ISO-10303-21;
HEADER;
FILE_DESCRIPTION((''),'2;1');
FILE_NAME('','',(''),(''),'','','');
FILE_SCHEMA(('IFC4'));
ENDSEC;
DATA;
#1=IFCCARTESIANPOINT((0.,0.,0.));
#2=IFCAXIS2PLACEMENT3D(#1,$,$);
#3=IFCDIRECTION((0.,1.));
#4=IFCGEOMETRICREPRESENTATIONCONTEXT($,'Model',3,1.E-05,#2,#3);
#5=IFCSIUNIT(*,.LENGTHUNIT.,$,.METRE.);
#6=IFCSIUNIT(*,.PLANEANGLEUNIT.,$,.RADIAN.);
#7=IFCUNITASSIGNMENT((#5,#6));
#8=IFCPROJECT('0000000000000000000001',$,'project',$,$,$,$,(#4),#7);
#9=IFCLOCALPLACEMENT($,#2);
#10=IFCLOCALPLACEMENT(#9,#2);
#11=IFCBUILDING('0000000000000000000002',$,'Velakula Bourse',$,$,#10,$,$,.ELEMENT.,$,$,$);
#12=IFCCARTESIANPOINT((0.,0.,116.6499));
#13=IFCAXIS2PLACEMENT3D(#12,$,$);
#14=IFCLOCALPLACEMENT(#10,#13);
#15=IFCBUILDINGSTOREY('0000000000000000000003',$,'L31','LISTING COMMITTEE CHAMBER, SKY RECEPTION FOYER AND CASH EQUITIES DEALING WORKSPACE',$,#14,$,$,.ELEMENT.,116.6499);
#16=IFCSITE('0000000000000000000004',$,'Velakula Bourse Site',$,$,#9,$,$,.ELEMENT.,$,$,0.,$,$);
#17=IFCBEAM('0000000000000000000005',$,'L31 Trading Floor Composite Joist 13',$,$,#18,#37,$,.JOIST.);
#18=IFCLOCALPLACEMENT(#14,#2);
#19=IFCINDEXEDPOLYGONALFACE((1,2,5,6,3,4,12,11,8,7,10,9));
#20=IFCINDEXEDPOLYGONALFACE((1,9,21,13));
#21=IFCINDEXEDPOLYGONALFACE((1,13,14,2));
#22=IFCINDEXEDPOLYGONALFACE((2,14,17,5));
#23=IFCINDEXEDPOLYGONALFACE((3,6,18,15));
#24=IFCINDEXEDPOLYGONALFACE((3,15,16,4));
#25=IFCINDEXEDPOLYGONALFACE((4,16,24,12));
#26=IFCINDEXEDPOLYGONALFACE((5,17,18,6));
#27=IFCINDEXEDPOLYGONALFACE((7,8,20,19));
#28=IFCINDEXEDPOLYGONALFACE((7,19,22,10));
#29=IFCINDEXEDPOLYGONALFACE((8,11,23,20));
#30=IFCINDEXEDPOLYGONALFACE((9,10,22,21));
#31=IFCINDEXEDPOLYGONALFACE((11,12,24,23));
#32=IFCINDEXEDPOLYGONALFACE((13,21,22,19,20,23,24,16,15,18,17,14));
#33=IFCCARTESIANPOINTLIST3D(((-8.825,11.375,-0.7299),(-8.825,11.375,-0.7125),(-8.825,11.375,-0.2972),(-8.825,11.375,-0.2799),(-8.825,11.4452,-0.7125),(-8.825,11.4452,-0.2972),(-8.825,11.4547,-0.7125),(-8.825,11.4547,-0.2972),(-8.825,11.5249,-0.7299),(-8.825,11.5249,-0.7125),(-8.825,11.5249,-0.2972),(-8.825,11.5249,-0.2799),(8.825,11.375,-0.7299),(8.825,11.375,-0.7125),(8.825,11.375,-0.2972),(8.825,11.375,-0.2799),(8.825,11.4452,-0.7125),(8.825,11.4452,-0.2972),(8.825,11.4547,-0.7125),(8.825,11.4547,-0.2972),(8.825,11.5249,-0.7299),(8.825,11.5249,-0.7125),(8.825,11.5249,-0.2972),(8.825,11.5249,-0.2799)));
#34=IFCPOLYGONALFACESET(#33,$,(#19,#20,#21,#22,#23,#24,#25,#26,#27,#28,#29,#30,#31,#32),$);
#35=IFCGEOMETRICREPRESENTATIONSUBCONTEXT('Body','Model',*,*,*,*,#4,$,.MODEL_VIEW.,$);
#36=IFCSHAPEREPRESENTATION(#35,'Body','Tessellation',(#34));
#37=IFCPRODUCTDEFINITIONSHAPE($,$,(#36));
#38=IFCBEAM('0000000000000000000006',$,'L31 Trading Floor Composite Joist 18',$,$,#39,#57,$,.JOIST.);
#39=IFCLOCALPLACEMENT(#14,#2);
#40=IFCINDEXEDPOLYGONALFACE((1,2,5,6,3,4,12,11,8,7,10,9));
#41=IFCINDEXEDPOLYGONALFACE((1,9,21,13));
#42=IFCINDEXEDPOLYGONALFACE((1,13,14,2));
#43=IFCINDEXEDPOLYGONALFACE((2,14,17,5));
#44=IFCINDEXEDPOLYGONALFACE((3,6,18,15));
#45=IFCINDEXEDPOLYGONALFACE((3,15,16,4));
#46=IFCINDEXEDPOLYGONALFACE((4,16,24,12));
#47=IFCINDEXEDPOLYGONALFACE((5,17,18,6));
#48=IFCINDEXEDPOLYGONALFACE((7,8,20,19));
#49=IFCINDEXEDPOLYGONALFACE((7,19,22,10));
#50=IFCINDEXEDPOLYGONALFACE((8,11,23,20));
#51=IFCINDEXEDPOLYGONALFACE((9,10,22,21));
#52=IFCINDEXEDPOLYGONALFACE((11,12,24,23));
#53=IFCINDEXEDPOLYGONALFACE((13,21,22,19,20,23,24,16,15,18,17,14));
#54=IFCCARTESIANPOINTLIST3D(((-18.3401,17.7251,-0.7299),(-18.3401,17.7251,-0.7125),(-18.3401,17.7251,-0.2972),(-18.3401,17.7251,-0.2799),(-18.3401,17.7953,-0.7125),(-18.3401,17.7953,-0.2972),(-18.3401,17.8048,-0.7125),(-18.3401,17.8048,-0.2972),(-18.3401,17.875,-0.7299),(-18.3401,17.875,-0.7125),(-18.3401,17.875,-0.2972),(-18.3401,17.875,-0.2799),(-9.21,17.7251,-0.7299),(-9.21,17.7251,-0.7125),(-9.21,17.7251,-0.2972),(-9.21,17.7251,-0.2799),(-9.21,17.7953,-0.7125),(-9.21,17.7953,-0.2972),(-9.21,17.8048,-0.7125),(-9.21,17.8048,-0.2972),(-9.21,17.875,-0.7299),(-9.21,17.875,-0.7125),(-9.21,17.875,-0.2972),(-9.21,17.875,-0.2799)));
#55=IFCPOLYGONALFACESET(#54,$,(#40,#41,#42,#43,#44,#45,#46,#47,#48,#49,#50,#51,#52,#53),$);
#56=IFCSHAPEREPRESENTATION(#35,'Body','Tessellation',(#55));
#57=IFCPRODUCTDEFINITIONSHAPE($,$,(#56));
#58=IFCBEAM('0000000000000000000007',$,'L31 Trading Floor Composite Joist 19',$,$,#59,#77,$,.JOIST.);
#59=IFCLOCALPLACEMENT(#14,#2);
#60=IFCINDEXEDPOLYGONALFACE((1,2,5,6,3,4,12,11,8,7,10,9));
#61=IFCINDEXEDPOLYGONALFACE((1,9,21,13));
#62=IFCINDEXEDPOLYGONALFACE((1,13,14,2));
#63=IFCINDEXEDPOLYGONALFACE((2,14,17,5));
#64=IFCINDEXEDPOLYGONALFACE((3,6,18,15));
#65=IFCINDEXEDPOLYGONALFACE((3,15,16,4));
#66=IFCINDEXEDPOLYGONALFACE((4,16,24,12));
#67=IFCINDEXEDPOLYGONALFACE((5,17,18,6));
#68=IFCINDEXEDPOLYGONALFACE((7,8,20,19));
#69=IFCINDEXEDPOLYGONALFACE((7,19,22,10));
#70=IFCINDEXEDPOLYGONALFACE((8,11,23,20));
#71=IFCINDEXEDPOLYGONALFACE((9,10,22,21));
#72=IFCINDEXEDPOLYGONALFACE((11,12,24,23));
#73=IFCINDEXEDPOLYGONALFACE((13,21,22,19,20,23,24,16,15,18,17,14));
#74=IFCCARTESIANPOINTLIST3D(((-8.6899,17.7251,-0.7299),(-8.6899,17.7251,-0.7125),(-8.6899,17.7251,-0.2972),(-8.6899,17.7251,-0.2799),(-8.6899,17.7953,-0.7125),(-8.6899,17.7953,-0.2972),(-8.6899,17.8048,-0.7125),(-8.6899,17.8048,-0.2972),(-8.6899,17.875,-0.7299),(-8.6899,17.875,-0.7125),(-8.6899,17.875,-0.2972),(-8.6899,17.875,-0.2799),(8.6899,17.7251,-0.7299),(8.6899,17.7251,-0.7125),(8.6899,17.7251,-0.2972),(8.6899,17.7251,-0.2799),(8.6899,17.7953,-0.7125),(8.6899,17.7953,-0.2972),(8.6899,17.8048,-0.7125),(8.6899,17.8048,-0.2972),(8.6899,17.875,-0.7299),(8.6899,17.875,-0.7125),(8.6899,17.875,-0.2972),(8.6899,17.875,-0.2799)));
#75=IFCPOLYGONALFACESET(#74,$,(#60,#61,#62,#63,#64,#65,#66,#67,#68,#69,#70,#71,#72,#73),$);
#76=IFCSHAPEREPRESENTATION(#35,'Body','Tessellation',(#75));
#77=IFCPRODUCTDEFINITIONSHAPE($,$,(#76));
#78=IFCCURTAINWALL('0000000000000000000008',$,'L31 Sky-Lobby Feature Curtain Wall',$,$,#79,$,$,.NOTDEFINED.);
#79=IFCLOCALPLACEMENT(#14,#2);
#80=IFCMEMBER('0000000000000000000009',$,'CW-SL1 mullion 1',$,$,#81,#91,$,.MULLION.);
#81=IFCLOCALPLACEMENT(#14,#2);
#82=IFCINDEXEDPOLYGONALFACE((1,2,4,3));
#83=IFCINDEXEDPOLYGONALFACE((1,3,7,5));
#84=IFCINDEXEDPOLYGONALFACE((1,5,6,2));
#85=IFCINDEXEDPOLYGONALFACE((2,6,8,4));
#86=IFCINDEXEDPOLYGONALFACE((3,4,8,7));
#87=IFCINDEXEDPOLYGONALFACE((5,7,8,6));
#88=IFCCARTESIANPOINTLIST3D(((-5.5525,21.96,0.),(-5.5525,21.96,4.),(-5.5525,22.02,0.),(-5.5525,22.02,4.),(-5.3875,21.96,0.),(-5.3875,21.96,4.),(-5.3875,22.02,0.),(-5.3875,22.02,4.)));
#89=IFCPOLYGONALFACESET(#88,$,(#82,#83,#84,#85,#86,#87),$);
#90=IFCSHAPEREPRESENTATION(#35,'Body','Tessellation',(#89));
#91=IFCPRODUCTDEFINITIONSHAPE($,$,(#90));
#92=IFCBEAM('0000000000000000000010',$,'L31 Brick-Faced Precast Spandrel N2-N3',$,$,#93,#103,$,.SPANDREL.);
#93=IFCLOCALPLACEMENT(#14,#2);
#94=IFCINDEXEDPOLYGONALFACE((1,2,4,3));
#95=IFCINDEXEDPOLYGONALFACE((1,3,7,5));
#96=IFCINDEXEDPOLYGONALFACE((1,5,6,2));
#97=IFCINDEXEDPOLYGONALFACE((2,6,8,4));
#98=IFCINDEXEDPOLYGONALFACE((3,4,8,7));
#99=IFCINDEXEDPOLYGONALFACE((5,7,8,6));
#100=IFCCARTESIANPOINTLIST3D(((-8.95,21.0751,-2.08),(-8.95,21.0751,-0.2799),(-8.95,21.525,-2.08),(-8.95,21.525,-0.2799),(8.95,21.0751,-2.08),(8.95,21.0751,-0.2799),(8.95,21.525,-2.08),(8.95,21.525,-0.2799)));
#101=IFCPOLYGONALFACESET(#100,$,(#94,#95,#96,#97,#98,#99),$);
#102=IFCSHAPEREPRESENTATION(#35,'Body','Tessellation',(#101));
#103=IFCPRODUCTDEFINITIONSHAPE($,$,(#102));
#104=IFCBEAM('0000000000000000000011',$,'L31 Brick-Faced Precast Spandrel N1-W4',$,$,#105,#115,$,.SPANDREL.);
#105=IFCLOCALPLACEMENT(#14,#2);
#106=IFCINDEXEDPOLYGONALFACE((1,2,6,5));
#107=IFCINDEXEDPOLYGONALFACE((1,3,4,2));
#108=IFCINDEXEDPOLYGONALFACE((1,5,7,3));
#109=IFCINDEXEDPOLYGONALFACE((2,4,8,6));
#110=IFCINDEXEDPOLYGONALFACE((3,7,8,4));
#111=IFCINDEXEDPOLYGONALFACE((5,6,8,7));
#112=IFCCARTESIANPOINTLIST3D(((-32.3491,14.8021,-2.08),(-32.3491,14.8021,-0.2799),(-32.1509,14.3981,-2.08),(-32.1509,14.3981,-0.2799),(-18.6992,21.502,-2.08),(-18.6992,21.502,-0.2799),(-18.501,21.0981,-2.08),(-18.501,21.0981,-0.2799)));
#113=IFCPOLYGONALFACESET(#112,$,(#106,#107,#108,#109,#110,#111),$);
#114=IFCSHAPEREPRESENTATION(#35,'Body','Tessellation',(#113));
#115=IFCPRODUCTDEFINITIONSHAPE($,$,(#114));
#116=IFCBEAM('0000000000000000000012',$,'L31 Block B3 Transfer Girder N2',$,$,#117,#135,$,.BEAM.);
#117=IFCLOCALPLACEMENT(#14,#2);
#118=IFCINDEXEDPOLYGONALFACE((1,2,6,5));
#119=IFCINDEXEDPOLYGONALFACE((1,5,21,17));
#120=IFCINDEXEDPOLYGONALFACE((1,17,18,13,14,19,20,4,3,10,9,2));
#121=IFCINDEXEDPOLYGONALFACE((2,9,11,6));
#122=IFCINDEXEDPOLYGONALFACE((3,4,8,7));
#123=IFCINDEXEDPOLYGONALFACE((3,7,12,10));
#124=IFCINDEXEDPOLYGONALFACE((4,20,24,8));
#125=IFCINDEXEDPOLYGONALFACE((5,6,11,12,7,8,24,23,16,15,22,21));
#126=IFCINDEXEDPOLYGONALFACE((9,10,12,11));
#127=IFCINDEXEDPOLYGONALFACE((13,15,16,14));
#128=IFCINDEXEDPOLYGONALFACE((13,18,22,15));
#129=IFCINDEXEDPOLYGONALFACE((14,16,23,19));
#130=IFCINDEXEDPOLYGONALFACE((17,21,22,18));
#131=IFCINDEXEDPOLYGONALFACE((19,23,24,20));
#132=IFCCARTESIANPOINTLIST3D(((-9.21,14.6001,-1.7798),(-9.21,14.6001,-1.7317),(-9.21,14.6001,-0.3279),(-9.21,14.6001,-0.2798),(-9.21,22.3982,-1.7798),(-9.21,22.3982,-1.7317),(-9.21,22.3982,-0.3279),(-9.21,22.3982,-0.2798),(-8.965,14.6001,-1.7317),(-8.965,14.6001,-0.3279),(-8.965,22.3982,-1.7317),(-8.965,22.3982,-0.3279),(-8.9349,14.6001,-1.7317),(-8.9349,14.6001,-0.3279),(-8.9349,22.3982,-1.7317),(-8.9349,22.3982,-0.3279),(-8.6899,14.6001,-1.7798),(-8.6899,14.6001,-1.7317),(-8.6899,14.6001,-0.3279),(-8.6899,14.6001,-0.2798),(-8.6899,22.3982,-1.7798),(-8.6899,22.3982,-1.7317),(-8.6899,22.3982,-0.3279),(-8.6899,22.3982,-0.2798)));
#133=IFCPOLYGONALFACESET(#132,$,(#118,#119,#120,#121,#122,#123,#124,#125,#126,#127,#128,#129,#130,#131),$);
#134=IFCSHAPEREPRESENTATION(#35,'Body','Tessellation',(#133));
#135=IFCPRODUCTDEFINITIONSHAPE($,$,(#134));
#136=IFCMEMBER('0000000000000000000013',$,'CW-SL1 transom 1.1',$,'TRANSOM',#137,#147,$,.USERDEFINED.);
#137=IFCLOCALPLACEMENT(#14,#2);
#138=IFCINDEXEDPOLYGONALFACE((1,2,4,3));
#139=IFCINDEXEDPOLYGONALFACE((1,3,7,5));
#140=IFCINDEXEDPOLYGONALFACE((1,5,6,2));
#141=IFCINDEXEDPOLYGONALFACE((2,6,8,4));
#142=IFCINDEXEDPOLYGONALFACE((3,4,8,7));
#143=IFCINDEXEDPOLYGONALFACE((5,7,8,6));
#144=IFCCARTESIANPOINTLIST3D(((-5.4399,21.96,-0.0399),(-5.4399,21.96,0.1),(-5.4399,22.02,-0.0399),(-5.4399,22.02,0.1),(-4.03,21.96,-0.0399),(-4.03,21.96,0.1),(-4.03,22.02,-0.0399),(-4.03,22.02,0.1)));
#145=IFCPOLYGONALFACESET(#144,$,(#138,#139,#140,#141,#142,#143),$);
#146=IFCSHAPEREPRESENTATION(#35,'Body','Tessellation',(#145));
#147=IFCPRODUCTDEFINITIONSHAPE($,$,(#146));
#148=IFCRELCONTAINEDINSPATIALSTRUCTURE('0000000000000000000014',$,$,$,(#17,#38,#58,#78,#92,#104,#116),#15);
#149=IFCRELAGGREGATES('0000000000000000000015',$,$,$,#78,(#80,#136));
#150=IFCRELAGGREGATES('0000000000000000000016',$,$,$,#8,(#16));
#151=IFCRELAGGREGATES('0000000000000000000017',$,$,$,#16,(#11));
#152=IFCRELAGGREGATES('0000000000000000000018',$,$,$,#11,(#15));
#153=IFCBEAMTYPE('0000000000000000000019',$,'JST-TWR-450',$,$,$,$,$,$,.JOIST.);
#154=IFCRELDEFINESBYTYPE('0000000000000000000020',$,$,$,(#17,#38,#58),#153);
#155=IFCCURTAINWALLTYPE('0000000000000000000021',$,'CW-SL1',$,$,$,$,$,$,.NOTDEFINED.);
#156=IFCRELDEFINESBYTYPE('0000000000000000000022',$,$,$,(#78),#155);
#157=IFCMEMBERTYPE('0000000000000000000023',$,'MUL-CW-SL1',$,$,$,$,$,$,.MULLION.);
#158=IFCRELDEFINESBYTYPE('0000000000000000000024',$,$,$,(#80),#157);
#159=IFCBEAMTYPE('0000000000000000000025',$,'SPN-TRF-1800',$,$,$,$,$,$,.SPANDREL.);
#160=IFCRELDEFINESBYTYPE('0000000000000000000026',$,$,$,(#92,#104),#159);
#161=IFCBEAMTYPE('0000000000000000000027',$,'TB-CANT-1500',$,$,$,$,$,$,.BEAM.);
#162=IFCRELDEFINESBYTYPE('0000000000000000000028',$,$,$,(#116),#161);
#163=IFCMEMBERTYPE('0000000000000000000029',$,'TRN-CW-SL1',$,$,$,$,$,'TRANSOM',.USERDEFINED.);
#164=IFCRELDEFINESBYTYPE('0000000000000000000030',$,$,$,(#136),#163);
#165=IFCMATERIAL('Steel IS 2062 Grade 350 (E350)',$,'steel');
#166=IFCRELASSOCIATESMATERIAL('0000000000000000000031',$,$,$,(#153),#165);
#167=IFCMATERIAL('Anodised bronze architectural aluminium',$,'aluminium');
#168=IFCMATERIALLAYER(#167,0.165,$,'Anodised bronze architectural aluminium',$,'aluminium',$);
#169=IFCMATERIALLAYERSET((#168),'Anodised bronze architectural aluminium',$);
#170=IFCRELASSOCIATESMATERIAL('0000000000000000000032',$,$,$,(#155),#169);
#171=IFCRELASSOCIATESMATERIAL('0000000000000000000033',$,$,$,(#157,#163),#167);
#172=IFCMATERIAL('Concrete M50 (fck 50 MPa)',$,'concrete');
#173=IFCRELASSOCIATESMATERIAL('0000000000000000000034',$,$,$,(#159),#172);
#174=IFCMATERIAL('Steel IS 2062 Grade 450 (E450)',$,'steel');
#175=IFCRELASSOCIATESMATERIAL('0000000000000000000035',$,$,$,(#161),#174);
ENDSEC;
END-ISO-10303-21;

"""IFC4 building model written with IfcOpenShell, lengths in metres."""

from ifc_helpers import new_model, si_unit, direction, frame, origin, origin_2d, place, context, subcontext, project, spatial, rectangle, i_section, extrude, material, layer, layer_set, material_profile, profile_set, type_object, element, aggregate, save


model = new_model("IFC4")

# Units and contexts
model_context = context("Model", 3, precision=1e-05, world=origin(), true_north=direction((0.0, 1.0)))
body_context = subcontext(model_context, "Body", "Model", "MODEL_VIEW")
ifc_project = project(units=[si_unit("LENGTHUNIT", "METRE"), si_unit("PLANEANGLEUNIT", "RADIAN")], contexts=[model_context])

# Site, building, storey
site_placement = place(None, origin())
site = spatial("IfcSite", under=ifc_project, at=site_placement, Name="Velakula Bourse Site", CompositionType="ELEMENT", RefElevation=0.0)
building_placement = place(site_placement, origin())
building = spatial("IfcBuilding", under=site, at=building_placement, Name="Velakula Bourse", CompositionType="ELEMENT")
storey_placement = place(building_placement, frame((0.0, 0.0, 116.6499)))
storey = spatial("IfcBuildingStorey", under=building, at=storey_placement, Name="L31", Description="LISTING COMMITTEE CHAMBER, SKY RECEPTION FOYER AND CASH EQUITIES DEALING WORKSPACE", CompositionType="ELEMENT", Elevation=116.6499)

# Shared definitions
ifc_material_1 = material(Name="Steel IS 2062 Grade 350 (E350)", Category="steel")

# Beams
ifc_material_profile_1 = material_profile(ifc_material_1, i_section(OverallWidth=0.1499, OverallDepth=0.45, WebThickness=0.0095, FlangeThickness=0.0173, at=origin_2d()), Name="Steel IS 2062 Grade 350 (E350)")
ifc_profile_set_1 = profile_set([ifc_material_profile_1], Name="Steel IS 2062 Grade 350 (E350)")
beam_type_1 = type_object("IfcBeamType", Name="JST-TWR-450", PredefinedType="JOIST", material=ifc_profile_set_1)
beam_1_placement = place(storey_placement, frame((-8.825, 11.45, -0.5049), z_axis=(1.0, 0.0, 0.0), x_axis=(0.0, 1.0, 0.0)))
element("IfcBeam", 1, at=beam_1_placement, inside=storey, type_object=beam_type_1, Name="L31 Trading Floor Composite Joist 13", PredefinedType="JOIST", context=body_context, shape_type="SweptSolid", body=[
    extrude(i_section(OverallWidth=0.1499, OverallDepth=0.45, WebThickness=0.0095, FlangeThickness=0.0173, at=origin_2d()), origin(), (0.0, 0.0, 1.0), 17.6499),
])
beam_2_placement = place(storey_placement, frame((-18.3401, 17.8, -0.5049), z_axis=(1.0, 0.0, 0.0), x_axis=(0.0, 1.0, 0.0)))
element("IfcBeam", 2, at=beam_2_placement, inside=storey, type_object=beam_type_1, Name="L31 Trading Floor Composite Joist 18", PredefinedType="JOIST", context=body_context, shape_type="SweptSolid", body=[
    extrude(i_section(OverallWidth=0.1499, OverallDepth=0.45, WebThickness=0.0095, FlangeThickness=0.0173, at=origin_2d()), origin(), (0.0, 0.0, 1.0), 9.1301),
])
beam_3_placement = place(storey_placement, frame((-8.6899, 17.8, -0.5049), z_axis=(1.0, 0.0, 0.0), x_axis=(0.0, 1.0, 0.0)))
element("IfcBeam", 3, at=beam_3_placement, inside=storey, type_object=beam_type_1, Name="L31 Trading Floor Composite Joist 19", PredefinedType="JOIST", context=body_context, shape_type="SweptSolid", body=[
    extrude(i_section(OverallWidth=0.1499, OverallDepth=0.45, WebThickness=0.0095, FlangeThickness=0.0173, at=origin_2d()), origin(), (0.0, 0.0, 1.0), 17.3799),
])

# Curtain wall, member
ifc_material_2 = material(Name="Anodised bronze architectural aluminium", Category="aluminium")
ifc_layer_1 = layer(ifc_material_2, 0.165, Name="Anodised bronze architectural aluminium", Category="aluminium")
ifc_layer_set_1 = layer_set([ifc_layer_1], Name="Anodised bronze architectural aluminium")
curtain_wall_type = type_object("IfcCurtainWallType", Name="CW-SL1", PredefinedType="NOTDEFINED", material=ifc_layer_set_1)
curtain_wall_placement = place(storey_placement, origin())
curtain_wall = element("IfcCurtainWall", 4, at=curtain_wall_placement, inside=storey, type_object=curtain_wall_type, Name="L31 Sky-Lobby Feature Curtain Wall", PredefinedType="NOTDEFINED")
ifc_material_profile_2 = material_profile(ifc_material_2, rectangle(XDim=0.0601, YDim=0.165, at=origin_2d()), Name="Anodised bronze architectural aluminium")
ifc_profile_set_2 = profile_set([ifc_material_profile_2], Name="Anodised bronze architectural aluminium")
member_type_1 = type_object("IfcMemberType", Name="MUL-CW-SL1", PredefinedType="MULLION", material=ifc_profile_set_2)
member_1_placement = place(storey_placement, frame((-5.47, 21.99, 0.0), z_axis=(0.0, 0.0, 1.0), x_axis=(0.0, 1.0, 0.0)))
member_1 = element("IfcMember", 5, at=member_1_placement, type_object=member_type_1, Name="CW-SL1 mullion 1", PredefinedType="MULLION", context=body_context, shape_type="SweptSolid", body=[
    extrude(rectangle(XDim=0.0601, YDim=0.165, at=origin_2d()), origin(), (0.0, 0.0, 1.0), 4.0),
])

# Beams
ifc_material_3 = material(Name="Concrete M50 (fck 50 MPa)", Category="concrete")
ifc_material_profile_3 = material_profile(ifc_material_3, rectangle(XDim=0.45, YDim=1.8, at=origin_2d()), Name="Concrete M50 (fck 50 MPa)")
ifc_profile_set_3 = profile_set([ifc_material_profile_3], Name="Concrete M50 (fck 50 MPa)")
beam_type_2 = type_object("IfcBeamType", Name="SPN-TRF-1800", PredefinedType="SPANDREL", material=ifc_profile_set_3)
beam_4_placement = place(storey_placement, frame((-8.95, 21.3, -1.1799), z_axis=(1.0, 0.0, 0.0), x_axis=(0.0, 1.0, 0.0)))
element("IfcBeam", 6, at=beam_4_placement, inside=storey, type_object=beam_type_2, Name="L31 Brick-Faced Precast Spandrel N2-N3", PredefinedType="SPANDREL", context=body_context, shape_type="SweptSolid", body=[
    extrude(rectangle(XDim=0.45, YDim=1.8, at=origin_2d()), origin(), (0.0, 0.0, 1.0), 17.8999),
])
beam_5_placement = place(storey_placement, frame((-18.6001, 21.3, -1.1799), z_axis=(-0.897691, -0.440625, 0.0), x_axis=(0.440625, -0.897691, 0.0)))
element("IfcBeam", 7, at=beam_5_placement, inside=storey, type_object=beam_type_2, Name="L31 Brick-Faced Precast Spandrel N1-W4", PredefinedType="SPANDREL", context=body_context, shape_type="SweptSolid", body=[
    extrude(rectangle(XDim=0.45, YDim=1.8, at=origin_2d()), origin(), (0.0, 0.0, 1.0), 15.2056),
])
ifc_material_4 = material(Name="Steel IS 2062 Grade 450 (E450)", Category="steel")
ifc_material_profile_4 = material_profile(ifc_material_4, i_section(OverallWidth=0.52, OverallDepth=1.5, WebThickness=0.03, FlangeThickness=0.0481, at=origin_2d()), Name="Steel IS 2062 Grade 450 (E450)")
ifc_profile_set_4 = profile_set([ifc_material_profile_4], Name="Steel IS 2062 Grade 450 (E450)")
beam_type_3 = type_object("IfcBeamType", Name="TB-CANT-1500", PredefinedType="BEAM", material=ifc_profile_set_4)
beam_6_placement = place(storey_placement, frame((-8.95, 14.6001, -1.0298), z_axis=(0.0, 1.0, 0.0), x_axis=(-1.0, 0.0, 0.0)))
element("IfcBeam", 8, at=beam_6_placement, inside=storey, type_object=beam_type_3, Name="L31 Block B3 Transfer Girder N2", PredefinedType="BEAM", context=body_context, shape_type="SweptSolid", body=[
    extrude(i_section(OverallWidth=0.52, OverallDepth=1.5, WebThickness=0.03, FlangeThickness=0.0481, at=origin_2d()), origin(), (0.0, 0.0, 1.0), 7.7981),
])

# Member
ifc_material_profile_5 = material_profile(ifc_material_2, rectangle(XDim=0.0601, YDim=0.1399, at=origin_2d()), Name="Anodised bronze architectural aluminium")
ifc_profile_set_5 = profile_set([ifc_material_profile_5], Name="Anodised bronze architectural aluminium")
member_type_2 = type_object("IfcMemberType", Name="TRN-CW-SL1", ElementType="TRANSOM", PredefinedType="USERDEFINED", material=ifc_profile_set_5)
member_2_placement = place(storey_placement, frame((-5.4399, 21.99, 0.03), z_axis=(1.0, 0.0, 0.0), x_axis=(0.0, 1.0, 0.0)))
member_2 = element("IfcMember", 9, at=member_2_placement, type_object=member_type_2, Name="CW-SL1 transom 1.1", ObjectType="TRANSOM", PredefinedType="USERDEFINED", context=body_context, shape_type="SweptSolid", body=[
    extrude(rectangle(XDim=0.0601, YDim=0.1399, at=origin_2d()), origin(), (0.0, 0.0, 1.0), 1.4099),
])
aggregate(curtain_wall, [member_1, member_2])

save(model, "model.ifc")
